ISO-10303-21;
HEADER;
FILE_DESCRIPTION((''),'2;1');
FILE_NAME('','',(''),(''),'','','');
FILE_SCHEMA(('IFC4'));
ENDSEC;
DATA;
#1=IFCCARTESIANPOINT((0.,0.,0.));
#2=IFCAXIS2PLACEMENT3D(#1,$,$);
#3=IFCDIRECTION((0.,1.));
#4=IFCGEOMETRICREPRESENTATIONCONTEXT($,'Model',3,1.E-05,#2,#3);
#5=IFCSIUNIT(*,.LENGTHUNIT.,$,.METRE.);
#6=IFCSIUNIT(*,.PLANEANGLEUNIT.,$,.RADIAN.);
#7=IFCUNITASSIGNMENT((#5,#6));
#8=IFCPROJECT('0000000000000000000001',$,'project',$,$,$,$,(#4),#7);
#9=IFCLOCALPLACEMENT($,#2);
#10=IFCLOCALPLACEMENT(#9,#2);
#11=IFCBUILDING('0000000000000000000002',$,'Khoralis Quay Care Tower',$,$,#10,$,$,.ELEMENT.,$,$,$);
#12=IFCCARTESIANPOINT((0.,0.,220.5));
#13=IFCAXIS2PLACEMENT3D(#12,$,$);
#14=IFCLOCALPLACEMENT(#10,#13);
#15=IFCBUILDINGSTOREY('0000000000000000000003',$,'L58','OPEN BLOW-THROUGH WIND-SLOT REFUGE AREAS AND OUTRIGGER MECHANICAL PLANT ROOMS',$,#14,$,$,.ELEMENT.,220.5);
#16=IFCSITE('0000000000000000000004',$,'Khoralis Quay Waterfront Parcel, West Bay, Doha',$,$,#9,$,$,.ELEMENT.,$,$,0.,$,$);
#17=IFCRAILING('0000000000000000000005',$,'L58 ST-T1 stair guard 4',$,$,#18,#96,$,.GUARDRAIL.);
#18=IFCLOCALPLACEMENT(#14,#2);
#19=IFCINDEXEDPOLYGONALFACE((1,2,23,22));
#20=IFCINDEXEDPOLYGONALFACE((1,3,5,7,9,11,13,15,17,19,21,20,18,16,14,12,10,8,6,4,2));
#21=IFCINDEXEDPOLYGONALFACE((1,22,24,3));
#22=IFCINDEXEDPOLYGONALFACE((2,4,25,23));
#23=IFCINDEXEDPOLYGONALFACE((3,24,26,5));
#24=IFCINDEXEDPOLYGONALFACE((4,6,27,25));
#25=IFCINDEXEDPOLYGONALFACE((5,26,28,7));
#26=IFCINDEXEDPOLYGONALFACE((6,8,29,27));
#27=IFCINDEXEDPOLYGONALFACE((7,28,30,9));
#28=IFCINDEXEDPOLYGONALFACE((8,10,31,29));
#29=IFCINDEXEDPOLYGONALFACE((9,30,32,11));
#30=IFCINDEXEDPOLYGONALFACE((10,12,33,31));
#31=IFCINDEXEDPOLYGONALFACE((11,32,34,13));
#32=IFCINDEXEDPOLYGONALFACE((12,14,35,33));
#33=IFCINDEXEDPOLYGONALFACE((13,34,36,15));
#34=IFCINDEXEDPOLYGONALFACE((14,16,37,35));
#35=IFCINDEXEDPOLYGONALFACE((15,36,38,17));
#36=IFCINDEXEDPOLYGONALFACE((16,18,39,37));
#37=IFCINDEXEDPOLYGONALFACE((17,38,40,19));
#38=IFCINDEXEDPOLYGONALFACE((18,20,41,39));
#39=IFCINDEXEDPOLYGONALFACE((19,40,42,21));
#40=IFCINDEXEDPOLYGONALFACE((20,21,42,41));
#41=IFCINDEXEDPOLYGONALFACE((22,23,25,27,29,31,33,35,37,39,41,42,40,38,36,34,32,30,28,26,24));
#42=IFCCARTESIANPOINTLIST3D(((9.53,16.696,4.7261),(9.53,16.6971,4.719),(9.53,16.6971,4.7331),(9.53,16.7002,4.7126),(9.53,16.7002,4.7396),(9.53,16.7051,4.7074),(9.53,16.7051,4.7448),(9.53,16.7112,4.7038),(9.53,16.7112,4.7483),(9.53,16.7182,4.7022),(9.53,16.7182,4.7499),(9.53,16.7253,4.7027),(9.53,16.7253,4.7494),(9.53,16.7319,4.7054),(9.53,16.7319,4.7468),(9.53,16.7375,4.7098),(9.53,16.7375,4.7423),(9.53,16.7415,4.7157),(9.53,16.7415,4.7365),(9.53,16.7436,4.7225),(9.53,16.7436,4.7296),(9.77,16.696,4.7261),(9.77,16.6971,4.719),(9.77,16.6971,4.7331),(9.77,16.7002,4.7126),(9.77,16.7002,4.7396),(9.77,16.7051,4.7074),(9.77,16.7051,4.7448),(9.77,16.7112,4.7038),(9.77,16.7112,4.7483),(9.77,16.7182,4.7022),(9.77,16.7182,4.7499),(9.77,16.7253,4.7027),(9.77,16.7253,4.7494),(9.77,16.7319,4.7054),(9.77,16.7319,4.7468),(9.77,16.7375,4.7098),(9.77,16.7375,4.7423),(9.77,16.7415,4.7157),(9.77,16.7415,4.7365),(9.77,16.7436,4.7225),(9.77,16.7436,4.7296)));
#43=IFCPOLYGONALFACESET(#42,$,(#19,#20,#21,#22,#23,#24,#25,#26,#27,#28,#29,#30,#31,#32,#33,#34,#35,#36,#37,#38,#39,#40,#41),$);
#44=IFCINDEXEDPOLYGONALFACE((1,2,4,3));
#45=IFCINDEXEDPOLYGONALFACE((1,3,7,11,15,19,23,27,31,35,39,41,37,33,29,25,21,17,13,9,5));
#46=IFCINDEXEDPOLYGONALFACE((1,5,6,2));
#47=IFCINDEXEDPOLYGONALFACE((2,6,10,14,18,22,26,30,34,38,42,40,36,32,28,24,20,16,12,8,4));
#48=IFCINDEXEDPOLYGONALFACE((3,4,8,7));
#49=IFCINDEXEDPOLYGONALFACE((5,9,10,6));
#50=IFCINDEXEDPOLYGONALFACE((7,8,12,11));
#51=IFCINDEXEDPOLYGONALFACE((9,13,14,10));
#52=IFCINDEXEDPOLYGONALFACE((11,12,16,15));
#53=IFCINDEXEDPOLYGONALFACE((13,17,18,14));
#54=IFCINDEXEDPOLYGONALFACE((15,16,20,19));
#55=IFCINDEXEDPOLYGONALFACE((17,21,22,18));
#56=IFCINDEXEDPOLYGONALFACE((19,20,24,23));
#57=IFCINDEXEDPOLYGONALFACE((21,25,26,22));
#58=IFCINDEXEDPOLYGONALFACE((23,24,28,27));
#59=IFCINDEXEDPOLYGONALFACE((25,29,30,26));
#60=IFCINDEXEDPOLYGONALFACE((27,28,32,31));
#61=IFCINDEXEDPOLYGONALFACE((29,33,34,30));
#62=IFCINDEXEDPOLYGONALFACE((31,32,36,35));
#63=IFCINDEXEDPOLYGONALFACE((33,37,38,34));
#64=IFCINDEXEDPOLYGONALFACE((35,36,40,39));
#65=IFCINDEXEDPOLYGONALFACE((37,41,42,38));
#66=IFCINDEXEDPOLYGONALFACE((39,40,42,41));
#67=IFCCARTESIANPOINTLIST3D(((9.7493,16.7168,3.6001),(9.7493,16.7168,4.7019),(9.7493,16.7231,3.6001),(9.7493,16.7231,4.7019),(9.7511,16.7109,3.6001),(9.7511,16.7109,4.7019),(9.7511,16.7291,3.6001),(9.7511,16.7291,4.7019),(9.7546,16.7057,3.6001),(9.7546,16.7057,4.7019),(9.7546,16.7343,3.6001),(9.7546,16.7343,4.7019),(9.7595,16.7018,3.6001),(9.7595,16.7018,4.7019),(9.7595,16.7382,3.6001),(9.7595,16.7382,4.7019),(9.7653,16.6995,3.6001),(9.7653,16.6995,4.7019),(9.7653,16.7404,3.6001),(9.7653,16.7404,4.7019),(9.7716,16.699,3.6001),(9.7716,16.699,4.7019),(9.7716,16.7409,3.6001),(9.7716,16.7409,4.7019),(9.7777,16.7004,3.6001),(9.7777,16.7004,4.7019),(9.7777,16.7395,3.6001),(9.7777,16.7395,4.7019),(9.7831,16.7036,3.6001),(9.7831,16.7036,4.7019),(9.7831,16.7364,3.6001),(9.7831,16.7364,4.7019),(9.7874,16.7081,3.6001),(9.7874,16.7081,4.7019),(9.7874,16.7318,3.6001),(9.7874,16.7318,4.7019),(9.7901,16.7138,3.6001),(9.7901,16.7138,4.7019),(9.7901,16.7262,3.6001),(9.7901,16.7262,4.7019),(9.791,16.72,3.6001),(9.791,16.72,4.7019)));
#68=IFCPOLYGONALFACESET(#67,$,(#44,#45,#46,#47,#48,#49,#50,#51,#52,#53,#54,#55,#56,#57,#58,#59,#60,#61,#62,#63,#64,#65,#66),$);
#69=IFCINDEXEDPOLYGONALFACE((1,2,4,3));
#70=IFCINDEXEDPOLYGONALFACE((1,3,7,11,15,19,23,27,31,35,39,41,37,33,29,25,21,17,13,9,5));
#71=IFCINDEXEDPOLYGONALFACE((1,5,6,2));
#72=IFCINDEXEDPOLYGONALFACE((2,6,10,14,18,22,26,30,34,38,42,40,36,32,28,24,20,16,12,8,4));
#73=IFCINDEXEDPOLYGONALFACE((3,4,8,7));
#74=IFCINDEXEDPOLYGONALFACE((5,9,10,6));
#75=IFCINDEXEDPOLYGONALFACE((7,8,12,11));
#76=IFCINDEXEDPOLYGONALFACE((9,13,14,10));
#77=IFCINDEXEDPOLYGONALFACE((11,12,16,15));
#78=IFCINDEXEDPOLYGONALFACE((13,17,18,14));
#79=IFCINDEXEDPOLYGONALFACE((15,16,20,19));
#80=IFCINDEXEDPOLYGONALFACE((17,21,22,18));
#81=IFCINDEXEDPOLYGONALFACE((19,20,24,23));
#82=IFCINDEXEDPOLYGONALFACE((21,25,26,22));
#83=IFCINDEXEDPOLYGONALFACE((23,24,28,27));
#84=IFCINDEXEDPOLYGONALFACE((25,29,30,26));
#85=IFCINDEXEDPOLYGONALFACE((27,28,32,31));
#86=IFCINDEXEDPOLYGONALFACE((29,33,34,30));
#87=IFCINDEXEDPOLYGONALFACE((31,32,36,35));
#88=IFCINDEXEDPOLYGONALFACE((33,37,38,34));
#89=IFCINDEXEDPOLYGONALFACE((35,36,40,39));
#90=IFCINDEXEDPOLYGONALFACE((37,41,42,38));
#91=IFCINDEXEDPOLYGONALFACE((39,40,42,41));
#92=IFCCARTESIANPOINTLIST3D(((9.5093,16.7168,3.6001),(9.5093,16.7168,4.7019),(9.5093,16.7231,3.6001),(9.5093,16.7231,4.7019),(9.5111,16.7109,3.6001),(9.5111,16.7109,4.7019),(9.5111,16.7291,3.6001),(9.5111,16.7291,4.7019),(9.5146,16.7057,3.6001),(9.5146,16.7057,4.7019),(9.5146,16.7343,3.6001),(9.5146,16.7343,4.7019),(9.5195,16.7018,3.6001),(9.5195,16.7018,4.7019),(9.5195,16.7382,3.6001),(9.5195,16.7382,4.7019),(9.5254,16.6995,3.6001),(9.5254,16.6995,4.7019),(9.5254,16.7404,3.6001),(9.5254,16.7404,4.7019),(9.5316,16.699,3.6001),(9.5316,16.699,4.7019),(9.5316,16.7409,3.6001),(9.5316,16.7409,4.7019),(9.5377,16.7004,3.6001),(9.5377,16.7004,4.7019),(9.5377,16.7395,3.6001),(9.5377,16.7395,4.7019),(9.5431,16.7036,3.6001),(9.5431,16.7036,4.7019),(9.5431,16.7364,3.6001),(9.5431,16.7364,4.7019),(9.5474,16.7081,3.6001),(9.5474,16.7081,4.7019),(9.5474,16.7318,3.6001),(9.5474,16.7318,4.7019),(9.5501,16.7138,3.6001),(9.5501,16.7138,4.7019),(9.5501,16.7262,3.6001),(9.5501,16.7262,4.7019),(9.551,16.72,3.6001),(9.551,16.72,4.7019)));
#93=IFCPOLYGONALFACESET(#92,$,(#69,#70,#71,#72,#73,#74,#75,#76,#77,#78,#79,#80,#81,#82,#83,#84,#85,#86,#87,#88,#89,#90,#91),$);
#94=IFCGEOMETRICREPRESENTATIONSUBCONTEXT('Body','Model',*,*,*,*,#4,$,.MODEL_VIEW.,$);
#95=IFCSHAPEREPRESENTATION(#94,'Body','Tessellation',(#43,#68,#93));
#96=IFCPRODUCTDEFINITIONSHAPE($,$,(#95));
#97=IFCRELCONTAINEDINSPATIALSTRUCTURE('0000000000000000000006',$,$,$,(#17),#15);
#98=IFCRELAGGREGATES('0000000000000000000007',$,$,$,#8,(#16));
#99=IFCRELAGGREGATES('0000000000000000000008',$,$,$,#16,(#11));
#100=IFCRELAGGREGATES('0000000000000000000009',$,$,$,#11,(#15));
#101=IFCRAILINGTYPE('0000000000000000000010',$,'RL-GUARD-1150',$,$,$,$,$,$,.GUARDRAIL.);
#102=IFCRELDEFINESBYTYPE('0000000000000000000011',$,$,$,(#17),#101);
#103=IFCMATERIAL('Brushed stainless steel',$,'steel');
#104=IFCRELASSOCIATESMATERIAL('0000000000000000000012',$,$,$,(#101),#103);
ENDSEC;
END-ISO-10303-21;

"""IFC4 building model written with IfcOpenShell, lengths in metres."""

from ifc_helpers import new_model, si_unit, direction, frame, origin, origin_2d, place, context, subcontext, project, spatial, circle, extrude, material, type_object, element, save


model = new_model("IFC4")

# Units and contexts
model_context = context("Model", 3, precision=1e-05, world=origin(), true_north=direction((0.0, 1.0)))
body_context = subcontext(model_context, "Body", "Model", "MODEL_VIEW")
ifc_project = project(units=[si_unit("LENGTHUNIT", "METRE"), si_unit("PLANEANGLEUNIT", "RADIAN")], contexts=[model_context])

# Site, building, storey
site_placement = place(None, origin())
site = spatial("IfcSite", under=ifc_project, at=site_placement, Name="Khoralis Quay Waterfront Parcel, West Bay, Doha", CompositionType="ELEMENT", RefElevation=0.0)
building_placement = place(site_placement, origin())
building = spatial("IfcBuilding", under=site, at=building_placement, Name="Khoralis Quay Care Tower", CompositionType="ELEMENT")
storey_placement = place(building_placement, frame((0.0, 0.0, 220.5)))
storey = spatial("IfcBuildingStorey", under=building, at=storey_placement, Name="L58", Description="OPEN BLOW-THROUGH WIND-SLOT REFUGE AREAS AND OUTRIGGER MECHANICAL PLANT ROOMS", CompositionType="ELEMENT", Elevation=220.5)

# Shared definitions
ifc_material_1 = material(Name="Brushed stainless steel", Category="steel")

# Railing
railing_type_1 = type_object("IfcRailingType", Name="RL-GUARD-1150", PredefinedType="GUARDRAIL", material=ifc_material_1)
railing_1_placement = place(storey_placement, frame((9.77, 16.72, 3.6001)))
element("IfcRailing", 1, at=railing_1_placement, inside=storey, type_object=railing_type_1, Name="L58 ST-T1 stair guard 4", PredefinedType="GUARDRAIL", context=body_context, shape_type="SweptSolid", body=[
    extrude(circle(Radius=0.0239, at=origin_2d()), frame((0.0, 0.0, 1.126), z_axis=(-1.0, 0.0, 0.0), x_axis=(0.0, -1.0, 0.0)), (0.0, 0.0, 1.0), 0.24),
    extrude(circle(Radius=0.021, at=origin_2d()), origin(), (0.0, 0.0, 1.0), 1.1018),
    extrude(circle(Radius=0.021, at=origin_2d()), frame((-0.24, 0.0, 0.0)), (0.0, 0.0, 1.0), 1.1018),
])

save(model, "model.ifc")
